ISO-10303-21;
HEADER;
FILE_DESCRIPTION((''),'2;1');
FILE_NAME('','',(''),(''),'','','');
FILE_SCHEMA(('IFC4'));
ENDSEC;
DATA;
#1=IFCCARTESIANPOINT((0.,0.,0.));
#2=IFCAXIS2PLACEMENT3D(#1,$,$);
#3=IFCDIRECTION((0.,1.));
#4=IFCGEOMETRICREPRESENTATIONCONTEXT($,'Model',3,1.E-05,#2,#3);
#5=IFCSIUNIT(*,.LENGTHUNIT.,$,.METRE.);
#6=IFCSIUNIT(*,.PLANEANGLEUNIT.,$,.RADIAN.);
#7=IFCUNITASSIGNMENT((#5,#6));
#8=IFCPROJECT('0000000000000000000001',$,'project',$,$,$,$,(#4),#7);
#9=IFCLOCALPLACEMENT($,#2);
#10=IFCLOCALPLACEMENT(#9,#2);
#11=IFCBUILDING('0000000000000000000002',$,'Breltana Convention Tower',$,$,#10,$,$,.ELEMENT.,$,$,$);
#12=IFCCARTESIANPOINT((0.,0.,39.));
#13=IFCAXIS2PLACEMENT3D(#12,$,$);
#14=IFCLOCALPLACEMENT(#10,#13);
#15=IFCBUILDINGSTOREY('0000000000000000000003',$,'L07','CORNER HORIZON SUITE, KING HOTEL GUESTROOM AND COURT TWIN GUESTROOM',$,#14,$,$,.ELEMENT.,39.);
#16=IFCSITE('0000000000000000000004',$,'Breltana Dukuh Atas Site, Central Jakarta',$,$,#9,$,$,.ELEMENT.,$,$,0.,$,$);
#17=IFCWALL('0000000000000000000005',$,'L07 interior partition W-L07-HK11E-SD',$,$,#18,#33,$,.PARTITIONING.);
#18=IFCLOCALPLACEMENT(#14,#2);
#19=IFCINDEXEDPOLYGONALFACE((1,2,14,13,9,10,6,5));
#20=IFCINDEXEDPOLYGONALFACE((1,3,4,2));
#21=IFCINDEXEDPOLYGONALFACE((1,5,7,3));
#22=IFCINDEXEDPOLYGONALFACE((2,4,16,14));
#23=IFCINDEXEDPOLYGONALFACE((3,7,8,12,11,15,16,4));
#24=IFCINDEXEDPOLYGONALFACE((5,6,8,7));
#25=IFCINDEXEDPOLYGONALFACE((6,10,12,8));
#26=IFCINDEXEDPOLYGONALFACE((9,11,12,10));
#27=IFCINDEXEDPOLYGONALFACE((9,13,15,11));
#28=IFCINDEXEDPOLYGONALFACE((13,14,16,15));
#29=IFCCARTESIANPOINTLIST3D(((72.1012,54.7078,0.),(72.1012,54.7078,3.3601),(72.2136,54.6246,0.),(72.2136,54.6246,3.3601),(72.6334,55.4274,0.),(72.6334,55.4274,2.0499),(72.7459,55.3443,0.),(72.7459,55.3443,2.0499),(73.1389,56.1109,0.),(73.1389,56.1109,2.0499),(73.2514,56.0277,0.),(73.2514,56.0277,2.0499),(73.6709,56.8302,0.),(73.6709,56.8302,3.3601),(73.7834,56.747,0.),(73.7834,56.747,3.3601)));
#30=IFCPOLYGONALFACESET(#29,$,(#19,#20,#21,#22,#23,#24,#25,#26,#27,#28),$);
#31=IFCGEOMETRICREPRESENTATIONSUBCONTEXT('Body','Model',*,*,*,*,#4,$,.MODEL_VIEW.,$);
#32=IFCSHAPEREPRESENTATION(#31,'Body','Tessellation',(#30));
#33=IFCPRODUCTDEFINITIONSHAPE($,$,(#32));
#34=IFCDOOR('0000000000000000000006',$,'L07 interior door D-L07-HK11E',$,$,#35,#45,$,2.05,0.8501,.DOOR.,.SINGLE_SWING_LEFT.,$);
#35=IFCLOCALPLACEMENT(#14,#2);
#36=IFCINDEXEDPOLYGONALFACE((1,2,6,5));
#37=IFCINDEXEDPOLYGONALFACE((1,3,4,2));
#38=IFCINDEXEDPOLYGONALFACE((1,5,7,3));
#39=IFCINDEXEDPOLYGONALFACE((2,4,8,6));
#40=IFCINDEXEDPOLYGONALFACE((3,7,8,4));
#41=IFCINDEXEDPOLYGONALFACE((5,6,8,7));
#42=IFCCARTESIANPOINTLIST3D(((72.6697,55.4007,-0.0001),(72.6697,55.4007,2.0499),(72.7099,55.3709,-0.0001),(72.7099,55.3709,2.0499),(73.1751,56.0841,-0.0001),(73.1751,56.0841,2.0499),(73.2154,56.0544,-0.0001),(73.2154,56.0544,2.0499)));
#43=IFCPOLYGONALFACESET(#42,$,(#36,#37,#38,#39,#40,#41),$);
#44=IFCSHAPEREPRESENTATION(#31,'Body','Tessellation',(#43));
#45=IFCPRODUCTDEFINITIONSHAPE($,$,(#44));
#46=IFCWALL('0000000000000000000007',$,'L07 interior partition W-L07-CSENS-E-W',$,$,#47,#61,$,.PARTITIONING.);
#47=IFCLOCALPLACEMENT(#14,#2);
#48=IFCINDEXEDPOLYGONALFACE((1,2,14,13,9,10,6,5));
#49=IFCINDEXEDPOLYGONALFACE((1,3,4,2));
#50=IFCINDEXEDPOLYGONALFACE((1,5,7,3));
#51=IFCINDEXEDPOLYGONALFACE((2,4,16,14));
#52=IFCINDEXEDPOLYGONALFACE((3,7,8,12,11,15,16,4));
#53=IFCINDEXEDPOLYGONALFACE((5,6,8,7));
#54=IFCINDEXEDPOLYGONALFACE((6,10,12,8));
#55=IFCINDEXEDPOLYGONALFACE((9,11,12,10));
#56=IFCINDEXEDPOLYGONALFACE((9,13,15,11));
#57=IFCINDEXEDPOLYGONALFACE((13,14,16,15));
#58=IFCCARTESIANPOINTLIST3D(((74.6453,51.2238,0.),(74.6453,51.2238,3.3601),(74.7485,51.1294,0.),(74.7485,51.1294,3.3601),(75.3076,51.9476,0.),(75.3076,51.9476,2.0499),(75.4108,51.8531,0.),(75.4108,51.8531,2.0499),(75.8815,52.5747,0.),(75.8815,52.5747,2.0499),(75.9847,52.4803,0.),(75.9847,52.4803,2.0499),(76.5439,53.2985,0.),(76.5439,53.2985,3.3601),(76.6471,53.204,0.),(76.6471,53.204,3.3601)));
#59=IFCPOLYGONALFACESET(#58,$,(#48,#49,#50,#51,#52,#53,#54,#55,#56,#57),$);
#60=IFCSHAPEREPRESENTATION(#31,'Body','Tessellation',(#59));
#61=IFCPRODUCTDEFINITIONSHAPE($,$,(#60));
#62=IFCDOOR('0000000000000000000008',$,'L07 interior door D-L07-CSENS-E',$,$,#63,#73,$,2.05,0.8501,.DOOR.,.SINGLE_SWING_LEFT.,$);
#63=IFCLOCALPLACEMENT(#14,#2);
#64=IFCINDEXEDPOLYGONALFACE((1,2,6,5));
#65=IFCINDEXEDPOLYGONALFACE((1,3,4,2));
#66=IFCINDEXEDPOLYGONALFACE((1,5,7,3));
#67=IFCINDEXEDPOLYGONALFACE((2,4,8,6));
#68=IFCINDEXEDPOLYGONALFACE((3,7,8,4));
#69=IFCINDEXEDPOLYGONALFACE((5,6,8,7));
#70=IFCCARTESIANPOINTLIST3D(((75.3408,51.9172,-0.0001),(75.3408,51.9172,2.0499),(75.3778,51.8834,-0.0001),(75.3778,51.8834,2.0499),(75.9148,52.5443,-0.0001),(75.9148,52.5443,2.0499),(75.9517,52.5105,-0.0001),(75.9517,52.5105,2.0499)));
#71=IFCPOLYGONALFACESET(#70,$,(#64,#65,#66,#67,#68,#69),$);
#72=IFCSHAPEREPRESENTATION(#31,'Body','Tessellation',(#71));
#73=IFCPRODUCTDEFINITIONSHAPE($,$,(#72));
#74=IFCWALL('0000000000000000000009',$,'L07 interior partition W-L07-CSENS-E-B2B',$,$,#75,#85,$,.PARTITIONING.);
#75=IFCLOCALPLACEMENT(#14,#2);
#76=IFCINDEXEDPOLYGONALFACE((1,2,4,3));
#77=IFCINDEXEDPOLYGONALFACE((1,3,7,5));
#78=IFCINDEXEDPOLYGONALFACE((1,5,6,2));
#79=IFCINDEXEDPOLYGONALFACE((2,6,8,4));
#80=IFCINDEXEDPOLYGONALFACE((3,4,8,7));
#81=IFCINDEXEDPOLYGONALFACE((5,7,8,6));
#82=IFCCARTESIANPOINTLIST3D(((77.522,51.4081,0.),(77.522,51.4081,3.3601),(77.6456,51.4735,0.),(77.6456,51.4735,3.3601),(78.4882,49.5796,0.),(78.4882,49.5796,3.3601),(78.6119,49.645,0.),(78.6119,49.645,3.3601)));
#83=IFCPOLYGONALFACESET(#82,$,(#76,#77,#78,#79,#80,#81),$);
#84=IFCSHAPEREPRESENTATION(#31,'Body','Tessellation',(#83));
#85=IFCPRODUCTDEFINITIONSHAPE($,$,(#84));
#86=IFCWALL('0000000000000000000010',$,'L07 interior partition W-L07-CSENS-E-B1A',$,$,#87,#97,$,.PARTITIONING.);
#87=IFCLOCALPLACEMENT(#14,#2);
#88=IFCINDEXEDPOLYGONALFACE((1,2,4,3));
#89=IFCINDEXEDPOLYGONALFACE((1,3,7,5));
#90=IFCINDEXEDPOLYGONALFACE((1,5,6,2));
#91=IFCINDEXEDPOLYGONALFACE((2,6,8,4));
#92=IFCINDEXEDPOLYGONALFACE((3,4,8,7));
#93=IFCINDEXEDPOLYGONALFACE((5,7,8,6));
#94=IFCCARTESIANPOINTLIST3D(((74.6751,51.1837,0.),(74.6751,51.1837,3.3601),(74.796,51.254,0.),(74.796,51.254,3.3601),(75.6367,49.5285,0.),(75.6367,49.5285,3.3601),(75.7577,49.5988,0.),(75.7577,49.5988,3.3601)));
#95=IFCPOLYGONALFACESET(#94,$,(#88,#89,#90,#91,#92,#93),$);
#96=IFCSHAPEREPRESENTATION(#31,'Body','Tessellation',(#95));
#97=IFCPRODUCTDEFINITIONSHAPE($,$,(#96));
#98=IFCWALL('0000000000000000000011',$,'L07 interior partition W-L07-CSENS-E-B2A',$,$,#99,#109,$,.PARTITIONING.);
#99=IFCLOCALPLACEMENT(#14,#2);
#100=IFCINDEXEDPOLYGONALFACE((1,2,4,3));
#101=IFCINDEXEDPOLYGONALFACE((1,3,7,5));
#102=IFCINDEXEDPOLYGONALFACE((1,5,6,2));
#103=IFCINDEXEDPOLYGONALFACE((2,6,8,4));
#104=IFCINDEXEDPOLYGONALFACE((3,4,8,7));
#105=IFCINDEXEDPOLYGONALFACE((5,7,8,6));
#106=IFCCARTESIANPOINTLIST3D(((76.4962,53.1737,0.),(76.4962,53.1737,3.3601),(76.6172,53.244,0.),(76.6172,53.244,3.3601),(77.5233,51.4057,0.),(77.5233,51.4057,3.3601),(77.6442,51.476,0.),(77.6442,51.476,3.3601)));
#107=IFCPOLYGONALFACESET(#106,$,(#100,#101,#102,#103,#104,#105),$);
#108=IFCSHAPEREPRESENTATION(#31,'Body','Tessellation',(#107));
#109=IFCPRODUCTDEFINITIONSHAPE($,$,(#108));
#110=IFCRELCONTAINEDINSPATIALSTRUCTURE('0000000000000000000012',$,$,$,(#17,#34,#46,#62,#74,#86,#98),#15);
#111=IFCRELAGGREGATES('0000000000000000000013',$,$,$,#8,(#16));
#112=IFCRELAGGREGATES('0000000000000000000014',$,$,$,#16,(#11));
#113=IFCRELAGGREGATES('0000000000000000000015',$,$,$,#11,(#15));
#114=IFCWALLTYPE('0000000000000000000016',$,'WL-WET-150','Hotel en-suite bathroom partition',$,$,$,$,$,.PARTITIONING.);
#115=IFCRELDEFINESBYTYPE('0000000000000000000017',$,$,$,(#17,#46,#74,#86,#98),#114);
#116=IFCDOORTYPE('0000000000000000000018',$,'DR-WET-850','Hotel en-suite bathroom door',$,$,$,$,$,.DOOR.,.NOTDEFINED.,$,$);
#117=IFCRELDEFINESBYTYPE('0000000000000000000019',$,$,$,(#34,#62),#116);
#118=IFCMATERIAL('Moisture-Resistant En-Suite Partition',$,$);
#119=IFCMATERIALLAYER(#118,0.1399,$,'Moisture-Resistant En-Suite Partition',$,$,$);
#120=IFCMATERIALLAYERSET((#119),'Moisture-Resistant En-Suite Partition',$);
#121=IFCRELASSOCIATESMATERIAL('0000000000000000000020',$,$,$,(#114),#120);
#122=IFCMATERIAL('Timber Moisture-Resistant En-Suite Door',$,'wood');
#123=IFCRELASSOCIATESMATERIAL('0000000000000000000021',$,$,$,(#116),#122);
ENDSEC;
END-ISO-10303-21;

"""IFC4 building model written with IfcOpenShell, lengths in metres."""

from ifc_helpers import new_model, si_unit, direction, frame, frame_2d, origin, place, context, subcontext, project, spatial, rectangle, extrude, source, transform, mapped, material, layer, layer_set, type_object, type_shapes, element, fill, save


model = new_model("IFC4")

# Units and contexts
model_context = context("Model", 3, precision=1e-05, world=origin(), true_north=direction((0.0, 1.0)))
body_context = subcontext(model_context, "Body", "Model", "MODEL_VIEW")
ifc_project = project(units=[si_unit("LENGTHUNIT", "METRE"), si_unit("PLANEANGLEUNIT", "RADIAN")], contexts=[model_context])

# Site, building, storey
site_placement = place(None, origin())
site = spatial("IfcSite", under=ifc_project, at=site_placement, Name="Breltana Dukuh Atas Site, Central Jakarta", CompositionType="ELEMENT", RefElevation=0.0)
building_placement = place(site_placement, origin())
building = spatial("IfcBuilding", under=site, at=building_placement, Name="Breltana Convention Tower", CompositionType="ELEMENT")
storey_placement = place(building_placement, frame((0.0, 0.0, 39.0)))
storey = spatial("IfcBuildingStorey", under=building, at=storey_placement, Name="L07", Description="CORNER HORIZON SUITE, KING HOTEL GUESTROOM AND COURT TWIN GUESTROOM", CompositionType="ELEMENT", Elevation=39.0)

# Shared definitions
ifc_material_1 = material(Name="Moisture-Resistant En-Suite Partition")
ifc_layer_1 = layer(ifc_material_1, 0.1399, Name="Moisture-Resistant En-Suite Partition")
ifc_layer_set_1 = layer_set([ifc_layer_1], Name="Moisture-Resistant En-Suite Partition")
wall_type_1 = type_object("IfcWallType", Name="WL-WET-150", Description="Hotel en-suite bathroom partition", PredefinedType="PARTITIONING", material=ifc_layer_set_1)

# Walls, openings, doors
shared_shape_1 = source(origin(), body_context, "Body", "SweptSolid", [
    extrude(rectangle(XDim=2.6399, YDim=0.1399, at=frame_2d((1.3198, 0.0))), origin(), (0.0, 0.0, 1.0), 3.3601),
])
wall_1_placement = place(storey_placement, frame((72.1575, 54.6663, 0.0), z_axis=(0.0, 0.0, 1.0), x_axis=(0.59463, 0.803999, 0.0)))
wall_1 = element("IfcWall", 1, at=wall_1_placement, inside=storey, type_object=wall_type_1, Name="L07 interior partition W-L07-HK11E-SD", PredefinedType="PARTITIONING", context=body_context, shape_type="MappedRepresentation", body=[
    mapped(shared_shape_1, transform((0.0, 0.0, 0.0), scale=1.0)),
])
opening_1_placement = place(wall_1_placement, frame((0.895, 0.0, 0.0)))
opening_1 = element("IfcOpeningElement", 2, at=opening_1_placement, cuts=wall_1, PredefinedType="OPENING", context=body_context, shape_type="SweptSolid", body=[
    extrude(rectangle(XDim=0.8501, YDim=2.05, at=frame_2d((0.425, 1.0249))), frame((0.0, 0.0801, 0.0), z_axis=(0.0, -1.0, 0.0), x_axis=(1.0, 0.0, 0.0)), (0.0, 0.0, 1.0), 0.1599),
])
ifc_material_2 = material(Name="Timber Moisture-Resistant En-Suite Door", Category="wood")
door_type_1 = type_object("IfcDoorType", Name="DR-WET-850", Description="Hotel en-suite bathroom door", OperationType="NOTDEFINED", PredefinedType="DOOR", material=ifc_material_2)
shared_shape_2 = source(origin(), body_context, "Body", "SweptSolid", [
    extrude(rectangle(XDim=0.8501, YDim=2.05, at=frame_2d((0.425, 1.0249))), frame((0.0, 0.0249, 0.0), z_axis=(0.0, -1.0, 0.0), x_axis=(1.0, 0.0, 0.0)), (0.0, 0.0, 1.0), 0.05),
])
type_shapes(door_type_1, [shared_shape_2])
door_1_placement = place(opening_1_placement, origin())
door_1 = element("IfcDoor", 3, at=door_1_placement, inside=storey, type_object=door_type_1, Name="L07 interior door D-L07-HK11E", OperationType="SINGLE_SWING_LEFT", OverallHeight=2.05, OverallWidth=0.8501, PredefinedType="DOOR", context=body_context, shape_type="MappedRepresentation", body=[
    mapped(shared_shape_2, transform((0.0, 0.0, 0.0), scale=1.0)),
])
fill(opening_1, door_1)
shared_shape_3 = source(origin(), body_context, "Body", "SweptSolid", [
    extrude(rectangle(XDim=2.8123, YDim=0.1399, at=frame_2d((1.4062, 0.0))), origin(), (0.0, 0.0, 1.0), 3.3601),
])
wall_2_placement = place(storey_placement, frame((74.6968, 51.1765, 0.0), z_axis=(0.0, 0.0, 1.0), x_axis=(0.675119, 0.737709, 0.0)))
wall_2 = element("IfcWall", 4, at=wall_2_placement, inside=storey, type_object=wall_type_1, Name="L07 interior partition W-L07-CSENS-E-W", PredefinedType="PARTITIONING", context=body_context, shape_type="MappedRepresentation", body=[
    mapped(shared_shape_3, transform((0.0, 0.0, 0.0), scale=1.0)),
])
opening_2_placement = place(wall_2_placement, frame((0.9812, 0.0, 0.0)))
opening_2 = element("IfcOpeningElement", 5, at=opening_2_placement, cuts=wall_2, PredefinedType="OPENING", context=body_context, shape_type="SweptSolid", body=[
    extrude(rectangle(XDim=0.8501, YDim=2.05, at=frame_2d((0.425, 1.0249))), frame((0.0, 0.0801, 0.0), z_axis=(0.0, -1.0, 0.0), x_axis=(1.0, 0.0, 0.0)), (0.0, 0.0, 1.0), 0.1599),
])
door_2_placement = place(opening_2_placement, origin())
door_2 = element("IfcDoor", 6, at=door_2_placement, inside=storey, type_object=door_type_1, Name="L07 interior door D-L07-CSENS-E", OperationType="SINGLE_SWING_LEFT", OverallHeight=2.05, OverallWidth=0.8501, PredefinedType="DOOR", context=body_context, shape_type="MappedRepresentation", body=[
    mapped(shared_shape_2, transform((0.0, 0.0, 0.0), scale=1.0)),
])
fill(opening_2, door_2)

# Walls
shared_shape_4 = source(origin(), body_context, "Body", "SweptSolid", [
    extrude(rectangle(XDim=2.0681, YDim=0.1399, at=frame_2d((1.0342, 0.0))), origin(), (0.0, 0.0, 1.0), 3.3601),
])
wall_3_placement = place(storey_placement, frame((77.5837, 51.4409, 0.0), z_axis=(0.0, 0.0, 1.0), x_axis=(0.467215, -0.884144, 0.0)))
element("IfcWall", 7, at=wall_3_placement, inside=storey, type_object=wall_type_1, Name="L07 interior partition W-L07-CSENS-E-B2B", PredefinedType="PARTITIONING", context=body_context, shape_type="MappedRepresentation", body=[
    mapped(shared_shape_4, transform((0.0, 0.0, 0.0), scale=1.0)),
])
shared_shape_5 = source(origin(), body_context, "Body", "SweptSolid", [
    extrude(rectangle(XDim=1.9143, YDim=0.1399, at=frame_2d((0.957, 0.0))), origin(), (0.0, 0.0, 1.0), 3.3601),
])
wall_4_placement = place(storey_placement, frame((74.7356, 51.2188, 0.0), z_axis=(0.0, 0.0, 1.0), x_axis=(0.502348, -0.864666, 0.0)))
element("IfcWall", 8, at=wall_4_placement, inside=storey, type_object=wall_type_1, Name="L07 interior partition W-L07-CSENS-E-B1A", PredefinedType="PARTITIONING", context=body_context, shape_type="MappedRepresentation", body=[
    mapped(shared_shape_5, transform((0.0, 0.0, 0.0), scale=1.0)),
])
shared_shape_6 = source(origin(), body_context, "Body", "SweptSolid", [
    extrude(rectangle(XDim=2.0447, YDim=0.1399, at=frame_2d((1.0225, 0.0))), origin(), (0.0, 0.0, 1.0), 3.3601),
])
wall_5_placement = place(storey_placement, frame((76.5566, 53.209, 0.0), z_axis=(0.0, 0.0, 1.0), x_axis=(0.502311, -0.864687, 0.0)))
element("IfcWall", 9, at=wall_5_placement, inside=storey, type_object=wall_type_1, Name="L07 interior partition W-L07-CSENS-E-B2A", PredefinedType="PARTITIONING", context=body_context, shape_type="MappedRepresentation", body=[
    mapped(shared_shape_6, transform((0.0, 0.0, 0.0), scale=1.0)),
])

save(model, "model.ifc")
